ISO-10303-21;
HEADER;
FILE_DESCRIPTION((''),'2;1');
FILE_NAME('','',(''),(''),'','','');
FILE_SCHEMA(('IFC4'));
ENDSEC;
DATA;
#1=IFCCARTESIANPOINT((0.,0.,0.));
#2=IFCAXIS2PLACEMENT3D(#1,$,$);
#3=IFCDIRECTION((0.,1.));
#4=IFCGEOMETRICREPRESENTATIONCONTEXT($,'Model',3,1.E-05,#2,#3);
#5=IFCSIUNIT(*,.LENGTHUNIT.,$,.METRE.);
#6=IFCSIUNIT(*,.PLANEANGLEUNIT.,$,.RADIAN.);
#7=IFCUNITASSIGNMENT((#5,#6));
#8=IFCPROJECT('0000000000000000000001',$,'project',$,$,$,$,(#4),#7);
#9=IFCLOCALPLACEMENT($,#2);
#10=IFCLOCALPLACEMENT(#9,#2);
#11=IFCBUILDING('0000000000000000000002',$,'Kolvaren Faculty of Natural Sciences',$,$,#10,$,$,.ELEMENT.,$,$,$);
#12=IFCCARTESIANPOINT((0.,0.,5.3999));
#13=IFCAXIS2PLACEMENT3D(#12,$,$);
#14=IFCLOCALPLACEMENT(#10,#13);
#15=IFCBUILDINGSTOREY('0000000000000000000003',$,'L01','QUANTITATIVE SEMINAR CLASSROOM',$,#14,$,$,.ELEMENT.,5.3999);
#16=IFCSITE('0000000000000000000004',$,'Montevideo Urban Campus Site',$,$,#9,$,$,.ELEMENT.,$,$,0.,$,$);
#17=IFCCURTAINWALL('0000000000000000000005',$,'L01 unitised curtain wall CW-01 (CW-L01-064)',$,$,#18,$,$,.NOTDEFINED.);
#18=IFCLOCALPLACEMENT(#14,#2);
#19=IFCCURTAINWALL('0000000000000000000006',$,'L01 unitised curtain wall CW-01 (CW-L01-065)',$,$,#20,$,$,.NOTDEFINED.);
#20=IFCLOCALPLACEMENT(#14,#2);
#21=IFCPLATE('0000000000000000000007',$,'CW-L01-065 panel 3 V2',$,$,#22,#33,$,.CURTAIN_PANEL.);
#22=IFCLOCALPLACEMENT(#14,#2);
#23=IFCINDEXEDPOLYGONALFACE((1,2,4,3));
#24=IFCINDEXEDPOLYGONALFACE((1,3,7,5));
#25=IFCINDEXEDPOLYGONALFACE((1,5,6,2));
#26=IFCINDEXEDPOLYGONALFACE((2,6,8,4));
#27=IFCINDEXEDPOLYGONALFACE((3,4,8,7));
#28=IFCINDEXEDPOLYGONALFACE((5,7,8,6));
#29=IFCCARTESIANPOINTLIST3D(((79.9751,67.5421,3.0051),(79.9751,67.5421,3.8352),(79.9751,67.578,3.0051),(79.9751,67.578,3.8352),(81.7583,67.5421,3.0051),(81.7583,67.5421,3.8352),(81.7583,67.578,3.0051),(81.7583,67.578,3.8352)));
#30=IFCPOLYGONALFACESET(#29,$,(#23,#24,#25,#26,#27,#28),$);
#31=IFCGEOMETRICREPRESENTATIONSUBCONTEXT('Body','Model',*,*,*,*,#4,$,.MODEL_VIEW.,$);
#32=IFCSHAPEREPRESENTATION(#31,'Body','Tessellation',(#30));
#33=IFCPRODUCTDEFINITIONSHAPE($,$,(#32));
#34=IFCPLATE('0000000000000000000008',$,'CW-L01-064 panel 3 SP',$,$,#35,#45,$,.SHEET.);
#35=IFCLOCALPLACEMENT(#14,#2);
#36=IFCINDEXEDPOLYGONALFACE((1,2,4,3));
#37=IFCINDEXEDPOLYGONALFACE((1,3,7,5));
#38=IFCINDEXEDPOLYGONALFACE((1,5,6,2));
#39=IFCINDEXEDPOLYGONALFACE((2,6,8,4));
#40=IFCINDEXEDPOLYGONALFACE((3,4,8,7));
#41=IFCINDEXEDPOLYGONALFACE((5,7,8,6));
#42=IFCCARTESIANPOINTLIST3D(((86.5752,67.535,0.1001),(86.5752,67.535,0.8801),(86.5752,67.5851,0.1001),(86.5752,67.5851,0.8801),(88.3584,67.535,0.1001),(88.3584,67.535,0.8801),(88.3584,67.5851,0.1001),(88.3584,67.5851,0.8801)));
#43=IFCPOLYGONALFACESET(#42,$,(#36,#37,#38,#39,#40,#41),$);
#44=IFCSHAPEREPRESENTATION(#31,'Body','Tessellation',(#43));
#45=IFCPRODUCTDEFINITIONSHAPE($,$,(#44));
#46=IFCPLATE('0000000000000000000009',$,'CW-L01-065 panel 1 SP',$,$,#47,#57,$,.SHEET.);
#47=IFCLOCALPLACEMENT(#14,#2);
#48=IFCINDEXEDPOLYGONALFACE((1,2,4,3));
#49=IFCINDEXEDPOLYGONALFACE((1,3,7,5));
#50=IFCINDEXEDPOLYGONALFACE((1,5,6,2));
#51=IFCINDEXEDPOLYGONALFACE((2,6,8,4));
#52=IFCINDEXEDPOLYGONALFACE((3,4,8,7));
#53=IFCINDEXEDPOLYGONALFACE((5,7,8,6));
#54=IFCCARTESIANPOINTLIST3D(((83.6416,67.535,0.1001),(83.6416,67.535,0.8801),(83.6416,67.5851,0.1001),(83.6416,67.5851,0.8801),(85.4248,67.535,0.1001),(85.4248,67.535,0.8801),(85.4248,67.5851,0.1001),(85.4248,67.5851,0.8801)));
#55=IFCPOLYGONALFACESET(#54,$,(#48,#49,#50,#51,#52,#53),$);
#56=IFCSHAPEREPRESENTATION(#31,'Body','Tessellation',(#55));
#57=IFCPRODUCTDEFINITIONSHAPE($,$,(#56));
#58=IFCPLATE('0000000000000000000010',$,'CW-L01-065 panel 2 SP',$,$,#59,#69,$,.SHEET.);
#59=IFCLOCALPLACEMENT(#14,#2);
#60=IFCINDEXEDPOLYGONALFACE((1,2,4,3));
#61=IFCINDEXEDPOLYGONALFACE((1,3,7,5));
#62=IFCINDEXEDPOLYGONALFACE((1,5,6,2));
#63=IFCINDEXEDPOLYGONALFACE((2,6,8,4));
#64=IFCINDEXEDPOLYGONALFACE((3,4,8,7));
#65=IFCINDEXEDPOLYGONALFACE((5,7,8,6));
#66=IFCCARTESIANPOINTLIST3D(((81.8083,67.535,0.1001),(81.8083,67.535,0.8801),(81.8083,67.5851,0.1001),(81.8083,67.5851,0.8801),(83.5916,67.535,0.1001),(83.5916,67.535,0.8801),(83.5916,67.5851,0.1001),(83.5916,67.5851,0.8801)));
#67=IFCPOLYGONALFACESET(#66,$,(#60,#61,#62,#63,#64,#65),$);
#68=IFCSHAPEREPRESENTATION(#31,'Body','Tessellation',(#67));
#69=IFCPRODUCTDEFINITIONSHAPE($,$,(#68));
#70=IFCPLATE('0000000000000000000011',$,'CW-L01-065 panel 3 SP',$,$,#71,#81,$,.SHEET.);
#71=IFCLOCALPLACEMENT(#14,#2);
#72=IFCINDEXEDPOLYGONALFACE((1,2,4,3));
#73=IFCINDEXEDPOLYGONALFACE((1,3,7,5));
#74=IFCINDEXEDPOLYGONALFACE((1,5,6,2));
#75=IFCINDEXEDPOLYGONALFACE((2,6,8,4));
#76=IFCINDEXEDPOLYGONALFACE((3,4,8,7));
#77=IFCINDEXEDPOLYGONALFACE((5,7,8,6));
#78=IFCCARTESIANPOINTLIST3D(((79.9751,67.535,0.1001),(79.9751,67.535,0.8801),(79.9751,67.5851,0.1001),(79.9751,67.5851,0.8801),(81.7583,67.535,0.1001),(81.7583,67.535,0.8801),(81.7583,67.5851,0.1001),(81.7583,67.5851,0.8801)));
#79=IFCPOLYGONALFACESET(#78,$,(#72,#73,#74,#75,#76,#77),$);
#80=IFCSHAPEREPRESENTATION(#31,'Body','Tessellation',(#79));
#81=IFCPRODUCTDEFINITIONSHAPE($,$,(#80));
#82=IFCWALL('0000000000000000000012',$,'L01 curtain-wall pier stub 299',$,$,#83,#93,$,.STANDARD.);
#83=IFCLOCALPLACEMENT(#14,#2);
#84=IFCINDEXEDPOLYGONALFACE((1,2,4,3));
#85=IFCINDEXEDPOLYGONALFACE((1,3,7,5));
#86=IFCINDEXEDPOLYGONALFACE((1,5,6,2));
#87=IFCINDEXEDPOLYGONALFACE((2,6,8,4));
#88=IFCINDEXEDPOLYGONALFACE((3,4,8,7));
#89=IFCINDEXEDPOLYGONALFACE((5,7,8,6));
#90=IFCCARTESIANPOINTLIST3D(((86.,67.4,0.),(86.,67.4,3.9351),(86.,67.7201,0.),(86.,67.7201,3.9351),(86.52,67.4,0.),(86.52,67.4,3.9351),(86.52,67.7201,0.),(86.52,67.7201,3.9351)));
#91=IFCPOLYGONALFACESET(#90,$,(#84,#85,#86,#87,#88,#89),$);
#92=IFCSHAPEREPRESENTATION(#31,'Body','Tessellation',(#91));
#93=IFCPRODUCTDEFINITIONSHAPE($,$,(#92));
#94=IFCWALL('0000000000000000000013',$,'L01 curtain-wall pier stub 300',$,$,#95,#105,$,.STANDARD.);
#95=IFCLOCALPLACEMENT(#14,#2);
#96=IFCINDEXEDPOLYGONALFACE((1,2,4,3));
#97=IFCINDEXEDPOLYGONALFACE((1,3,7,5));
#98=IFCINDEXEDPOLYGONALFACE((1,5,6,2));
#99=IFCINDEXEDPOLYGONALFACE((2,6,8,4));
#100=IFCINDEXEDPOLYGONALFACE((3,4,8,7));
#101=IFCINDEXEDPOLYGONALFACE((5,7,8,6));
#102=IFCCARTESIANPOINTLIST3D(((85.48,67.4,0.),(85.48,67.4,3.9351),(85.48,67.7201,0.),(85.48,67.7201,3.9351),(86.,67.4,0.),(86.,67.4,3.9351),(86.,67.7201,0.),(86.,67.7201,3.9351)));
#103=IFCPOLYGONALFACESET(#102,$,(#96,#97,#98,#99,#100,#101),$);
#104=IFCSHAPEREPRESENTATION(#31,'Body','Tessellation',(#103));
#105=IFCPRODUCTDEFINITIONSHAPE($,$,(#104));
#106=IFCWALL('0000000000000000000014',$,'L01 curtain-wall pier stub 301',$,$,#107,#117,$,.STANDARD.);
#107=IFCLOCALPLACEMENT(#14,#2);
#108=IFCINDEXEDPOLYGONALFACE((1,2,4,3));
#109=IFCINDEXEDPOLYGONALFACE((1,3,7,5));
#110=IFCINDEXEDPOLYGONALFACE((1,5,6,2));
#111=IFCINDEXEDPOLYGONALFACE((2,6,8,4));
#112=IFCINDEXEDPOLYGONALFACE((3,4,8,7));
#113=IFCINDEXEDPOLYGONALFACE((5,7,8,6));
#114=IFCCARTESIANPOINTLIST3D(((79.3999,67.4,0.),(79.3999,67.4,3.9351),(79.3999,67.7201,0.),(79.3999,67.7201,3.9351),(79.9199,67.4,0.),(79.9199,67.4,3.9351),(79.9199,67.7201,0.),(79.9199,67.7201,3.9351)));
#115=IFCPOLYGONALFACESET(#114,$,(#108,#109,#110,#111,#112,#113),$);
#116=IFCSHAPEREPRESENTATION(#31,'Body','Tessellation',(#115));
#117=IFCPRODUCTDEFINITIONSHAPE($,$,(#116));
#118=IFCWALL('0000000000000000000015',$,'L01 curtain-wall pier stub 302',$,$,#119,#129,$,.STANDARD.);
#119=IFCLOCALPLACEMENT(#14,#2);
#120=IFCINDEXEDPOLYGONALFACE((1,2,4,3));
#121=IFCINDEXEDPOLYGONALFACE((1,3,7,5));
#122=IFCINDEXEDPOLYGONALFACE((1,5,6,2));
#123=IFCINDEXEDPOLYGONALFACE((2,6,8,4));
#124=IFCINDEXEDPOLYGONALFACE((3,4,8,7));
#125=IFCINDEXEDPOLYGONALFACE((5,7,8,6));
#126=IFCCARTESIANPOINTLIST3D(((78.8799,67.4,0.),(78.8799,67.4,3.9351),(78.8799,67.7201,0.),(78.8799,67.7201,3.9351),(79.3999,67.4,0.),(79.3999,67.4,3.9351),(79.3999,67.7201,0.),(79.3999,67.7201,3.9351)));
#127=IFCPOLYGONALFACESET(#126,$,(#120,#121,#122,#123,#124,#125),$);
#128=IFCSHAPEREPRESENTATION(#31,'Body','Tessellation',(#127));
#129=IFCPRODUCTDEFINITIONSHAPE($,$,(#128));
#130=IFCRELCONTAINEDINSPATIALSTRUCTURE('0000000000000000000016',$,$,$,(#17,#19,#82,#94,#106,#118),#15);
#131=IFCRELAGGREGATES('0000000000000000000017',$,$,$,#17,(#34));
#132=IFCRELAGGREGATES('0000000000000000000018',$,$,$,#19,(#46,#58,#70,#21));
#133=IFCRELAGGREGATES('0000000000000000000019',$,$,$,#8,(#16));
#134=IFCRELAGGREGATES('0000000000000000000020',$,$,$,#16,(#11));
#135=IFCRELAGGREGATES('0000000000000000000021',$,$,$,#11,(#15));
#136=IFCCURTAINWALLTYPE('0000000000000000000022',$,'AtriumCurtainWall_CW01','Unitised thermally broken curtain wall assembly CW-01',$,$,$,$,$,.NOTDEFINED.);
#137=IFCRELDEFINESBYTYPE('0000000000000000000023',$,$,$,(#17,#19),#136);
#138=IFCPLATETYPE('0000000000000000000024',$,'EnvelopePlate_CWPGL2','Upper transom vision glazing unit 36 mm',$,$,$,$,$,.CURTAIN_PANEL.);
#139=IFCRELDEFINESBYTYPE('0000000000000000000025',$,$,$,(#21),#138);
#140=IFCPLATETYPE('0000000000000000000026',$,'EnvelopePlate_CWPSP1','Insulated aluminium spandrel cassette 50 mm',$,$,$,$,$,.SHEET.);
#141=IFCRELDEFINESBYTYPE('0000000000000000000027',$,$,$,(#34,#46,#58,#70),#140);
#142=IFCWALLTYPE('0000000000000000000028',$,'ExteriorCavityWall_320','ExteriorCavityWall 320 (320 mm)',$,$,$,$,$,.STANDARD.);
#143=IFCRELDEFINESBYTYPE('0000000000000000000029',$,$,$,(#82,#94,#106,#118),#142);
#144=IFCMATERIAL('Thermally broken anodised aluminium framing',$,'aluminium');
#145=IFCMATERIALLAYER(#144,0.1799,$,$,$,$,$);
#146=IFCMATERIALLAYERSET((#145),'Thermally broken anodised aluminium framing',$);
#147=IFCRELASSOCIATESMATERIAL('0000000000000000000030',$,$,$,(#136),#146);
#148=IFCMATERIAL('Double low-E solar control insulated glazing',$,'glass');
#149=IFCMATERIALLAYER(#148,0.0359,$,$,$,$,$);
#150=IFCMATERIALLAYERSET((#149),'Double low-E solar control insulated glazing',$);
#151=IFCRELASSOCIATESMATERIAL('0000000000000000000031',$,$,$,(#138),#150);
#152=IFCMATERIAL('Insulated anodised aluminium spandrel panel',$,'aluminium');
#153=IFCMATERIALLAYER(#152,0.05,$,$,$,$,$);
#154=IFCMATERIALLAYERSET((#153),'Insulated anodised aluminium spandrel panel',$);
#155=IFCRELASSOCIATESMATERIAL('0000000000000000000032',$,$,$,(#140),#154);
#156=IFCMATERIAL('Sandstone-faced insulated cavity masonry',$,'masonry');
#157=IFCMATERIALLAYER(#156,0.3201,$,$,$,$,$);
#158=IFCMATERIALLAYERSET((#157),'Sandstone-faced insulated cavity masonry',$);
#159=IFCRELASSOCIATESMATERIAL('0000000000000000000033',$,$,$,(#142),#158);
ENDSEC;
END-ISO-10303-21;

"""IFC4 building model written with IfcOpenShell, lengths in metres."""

from ifc_helpers import new_model, si_unit, direction, frame, frame_2d, origin, origin_2d, place, context, subcontext, project, spatial, rectangle, extrude, material, layer, layer_set, type_object, element, aggregate, save


model = new_model("IFC4")

# Units and contexts
model_context = context("Model", 3, precision=1e-05, world=origin(), true_north=direction((0.0, 1.0)))
body_context = subcontext(model_context, "Body", "Model", "MODEL_VIEW")
ifc_project = project(units=[si_unit("LENGTHUNIT", "METRE"), si_unit("PLANEANGLEUNIT", "RADIAN")], contexts=[model_context])

# Site, building, storey
site_placement = place(None, origin())
site = spatial("IfcSite", under=ifc_project, at=site_placement, Name="Montevideo Urban Campus Site", CompositionType="ELEMENT", RefElevation=0.0)
building_placement = place(site_placement, origin())
building = spatial("IfcBuilding", under=site, at=building_placement, Name="Kolvaren Faculty of Natural Sciences", CompositionType="ELEMENT")
storey_placement = place(building_placement, frame((0.0, 0.0, 5.3999)))
storey = spatial("IfcBuildingStorey", under=building, at=storey_placement, Name="L01", Description="QUANTITATIVE SEMINAR CLASSROOM", CompositionType="ELEMENT", Elevation=5.3999)

# Curtain walls
ifc_material_1 = material(Name="Thermally broken anodised aluminium framing", Category="aluminium")
ifc_layer_1 = layer(ifc_material_1, 0.1799)
ifc_layer_set_1 = layer_set([ifc_layer_1], Name="Thermally broken anodised aluminium framing")
curtain_wall_type = type_object("IfcCurtainWallType", Name="AtriumCurtainWall_CW01", Description="Unitised thermally broken curtain wall assembly CW-01", PredefinedType="NOTDEFINED", material=ifc_layer_set_1)
curtain_wall_1_placement = place(storey_placement, origin())
curtain_wall_1 = element("IfcCurtainWall", 1, at=curtain_wall_1_placement, inside=storey, type_object=curtain_wall_type, Name="L01 unitised curtain wall CW-01 (CW-L01-064)", PredefinedType="NOTDEFINED")
curtain_wall_2_placement = place(storey_placement, origin())
curtain_wall_2 = element("IfcCurtainWall", 2, at=curtain_wall_2_placement, inside=storey, type_object=curtain_wall_type, Name="L01 unitised curtain wall CW-01 (CW-L01-065)", PredefinedType="NOTDEFINED")

# Plates
ifc_material_2 = material(Name="Double low-E solar control insulated glazing", Category="glass")
ifc_layer_2 = layer(ifc_material_2, 0.0359)
ifc_layer_set_2 = layer_set([ifc_layer_2], Name="Double low-E solar control insulated glazing")
plate_type_1 = type_object("IfcPlateType", Name="EnvelopePlate_CWPGL2", Description="Upper transom vision glazing unit 36 mm", PredefinedType="CURTAIN_PANEL", material=ifc_layer_set_2)
plate_1_placement = place(storey_placement, frame((80.8667, 67.5601, 3.0051), z_axis=(0.0, 0.0, 1.0), x_axis=(-1.0, 0.0, 0.0)))
plate_1 = element("IfcPlate", 3, at=plate_1_placement, type_object=plate_type_1, Name="CW-L01-065 panel 3 V2", PredefinedType="CURTAIN_PANEL", context=body_context, shape_type="SweptSolid", body=[
    extrude(rectangle(XDim=1.7832, YDim=0.0359, at=origin_2d()), origin(), (0.0, 0.0, 1.0), 0.8301),
])
ifc_material_3 = material(Name="Insulated anodised aluminium spandrel panel", Category="aluminium")
ifc_layer_3 = layer(ifc_material_3, 0.05)
ifc_layer_set_3 = layer_set([ifc_layer_3], Name="Insulated anodised aluminium spandrel panel")
plate_type_2 = type_object("IfcPlateType", Name="EnvelopePlate_CWPSP1", Description="Insulated aluminium spandrel cassette 50 mm", PredefinedType="SHEET", material=ifc_layer_set_3)
plate_2_placement = place(storey_placement, frame((87.4668, 67.5601, 0.1001), z_axis=(0.0, 0.0, 1.0), x_axis=(-1.0, 0.0, 0.0)))
plate_2 = element("IfcPlate", 4, at=plate_2_placement, type_object=plate_type_2, Name="CW-L01-064 panel 3 SP", PredefinedType="SHEET", context=body_context, shape_type="SweptSolid", body=[
    extrude(rectangle(XDim=1.7832, YDim=0.05, at=origin_2d()), origin(), (0.0, 0.0, 1.0), 0.78),
])
aggregate(curtain_wall_1, [plate_2])
plate_3_placement = place(storey_placement, frame((84.5332, 67.5601, 0.1001), z_axis=(0.0, 0.0, 1.0), x_axis=(-1.0, 0.0, 0.0)))
plate_3 = element("IfcPlate", 5, at=plate_3_placement, type_object=plate_type_2, Name="CW-L01-065 panel 1 SP", PredefinedType="SHEET", context=body_context, shape_type="SweptSolid", body=[
    extrude(rectangle(XDim=1.7832, YDim=0.05, at=origin_2d()), origin(), (0.0, 0.0, 1.0), 0.78),
])
plate_4_placement = place(storey_placement, frame((82.7, 67.5601, 0.1001), z_axis=(0.0, 0.0, 1.0), x_axis=(-1.0, 0.0, 0.0)))
plate_4 = element("IfcPlate", 6, at=plate_4_placement, type_object=plate_type_2, Name="CW-L01-065 panel 2 SP", PredefinedType="SHEET", context=body_context, shape_type="SweptSolid", body=[
    extrude(rectangle(XDim=1.7832, YDim=0.05, at=origin_2d()), origin(), (0.0, 0.0, 1.0), 0.78),
])
plate_5_placement = place(storey_placement, frame((80.8667, 67.5601, 0.1001), z_axis=(0.0, 0.0, 1.0), x_axis=(-1.0, 0.0, 0.0)))
plate_5 = element("IfcPlate", 7, at=plate_5_placement, type_object=plate_type_2, Name="CW-L01-065 panel 3 SP", PredefinedType="SHEET", context=body_context, shape_type="SweptSolid", body=[
    extrude(rectangle(XDim=1.7832, YDim=0.05, at=origin_2d()), origin(), (0.0, 0.0, 1.0), 0.78),
])
aggregate(curtain_wall_2, [plate_3, plate_4, plate_5, plate_1])

# Walls
ifc_material_4 = material(Name="Sandstone-faced insulated cavity masonry", Category="masonry")
ifc_layer_4 = layer(ifc_material_4, 0.3201)
ifc_layer_set_4 = layer_set([ifc_layer_4], Name="Sandstone-faced insulated cavity masonry")
wall_type = type_object("IfcWallType", Name="ExteriorCavityWall_320", Description="ExteriorCavityWall 320 (320 mm)", PredefinedType="STANDARD", material=ifc_layer_set_4)
for number, where, z_axis, x_axis, name in (
    (8, (86.52, 67.5601, 0.0), (0.0, 0.0, 1.0), (-1.0, 0.0, 0.0), "L01 curtain-wall pier stub 299"),
    (9, (86.0, 67.5601, 0.0), (0.0, 0.0, 1.0), (-1.0, 0.0, 0.0), "L01 curtain-wall pier stub 300"),
    (10, (79.9199, 67.5601, 0.0), (0.0, 0.0, 1.0), (-1.0, 0.0, 0.0), "L01 curtain-wall pier stub 301"),
    (11, (79.3999, 67.5601, 0.0), (0.0, 0.0, 1.0), (-1.0, 0.0, 0.0), "L01 curtain-wall pier stub 302"),
):
    element("IfcWall", number, at=place(storey_placement, frame(where, z_axis=z_axis, x_axis=x_axis)), inside=storey, type_object=wall_type, Name=name, PredefinedType="STANDARD", context=body_context, shape_type="SweptSolid", body=[
        extrude(rectangle(XDim=0.52, YDim=0.3201, at=frame_2d((0.26, 0.0))), origin(), (0.0, 0.0, 1.0), 3.9351),
    ])

save(model, "model.ifc")
